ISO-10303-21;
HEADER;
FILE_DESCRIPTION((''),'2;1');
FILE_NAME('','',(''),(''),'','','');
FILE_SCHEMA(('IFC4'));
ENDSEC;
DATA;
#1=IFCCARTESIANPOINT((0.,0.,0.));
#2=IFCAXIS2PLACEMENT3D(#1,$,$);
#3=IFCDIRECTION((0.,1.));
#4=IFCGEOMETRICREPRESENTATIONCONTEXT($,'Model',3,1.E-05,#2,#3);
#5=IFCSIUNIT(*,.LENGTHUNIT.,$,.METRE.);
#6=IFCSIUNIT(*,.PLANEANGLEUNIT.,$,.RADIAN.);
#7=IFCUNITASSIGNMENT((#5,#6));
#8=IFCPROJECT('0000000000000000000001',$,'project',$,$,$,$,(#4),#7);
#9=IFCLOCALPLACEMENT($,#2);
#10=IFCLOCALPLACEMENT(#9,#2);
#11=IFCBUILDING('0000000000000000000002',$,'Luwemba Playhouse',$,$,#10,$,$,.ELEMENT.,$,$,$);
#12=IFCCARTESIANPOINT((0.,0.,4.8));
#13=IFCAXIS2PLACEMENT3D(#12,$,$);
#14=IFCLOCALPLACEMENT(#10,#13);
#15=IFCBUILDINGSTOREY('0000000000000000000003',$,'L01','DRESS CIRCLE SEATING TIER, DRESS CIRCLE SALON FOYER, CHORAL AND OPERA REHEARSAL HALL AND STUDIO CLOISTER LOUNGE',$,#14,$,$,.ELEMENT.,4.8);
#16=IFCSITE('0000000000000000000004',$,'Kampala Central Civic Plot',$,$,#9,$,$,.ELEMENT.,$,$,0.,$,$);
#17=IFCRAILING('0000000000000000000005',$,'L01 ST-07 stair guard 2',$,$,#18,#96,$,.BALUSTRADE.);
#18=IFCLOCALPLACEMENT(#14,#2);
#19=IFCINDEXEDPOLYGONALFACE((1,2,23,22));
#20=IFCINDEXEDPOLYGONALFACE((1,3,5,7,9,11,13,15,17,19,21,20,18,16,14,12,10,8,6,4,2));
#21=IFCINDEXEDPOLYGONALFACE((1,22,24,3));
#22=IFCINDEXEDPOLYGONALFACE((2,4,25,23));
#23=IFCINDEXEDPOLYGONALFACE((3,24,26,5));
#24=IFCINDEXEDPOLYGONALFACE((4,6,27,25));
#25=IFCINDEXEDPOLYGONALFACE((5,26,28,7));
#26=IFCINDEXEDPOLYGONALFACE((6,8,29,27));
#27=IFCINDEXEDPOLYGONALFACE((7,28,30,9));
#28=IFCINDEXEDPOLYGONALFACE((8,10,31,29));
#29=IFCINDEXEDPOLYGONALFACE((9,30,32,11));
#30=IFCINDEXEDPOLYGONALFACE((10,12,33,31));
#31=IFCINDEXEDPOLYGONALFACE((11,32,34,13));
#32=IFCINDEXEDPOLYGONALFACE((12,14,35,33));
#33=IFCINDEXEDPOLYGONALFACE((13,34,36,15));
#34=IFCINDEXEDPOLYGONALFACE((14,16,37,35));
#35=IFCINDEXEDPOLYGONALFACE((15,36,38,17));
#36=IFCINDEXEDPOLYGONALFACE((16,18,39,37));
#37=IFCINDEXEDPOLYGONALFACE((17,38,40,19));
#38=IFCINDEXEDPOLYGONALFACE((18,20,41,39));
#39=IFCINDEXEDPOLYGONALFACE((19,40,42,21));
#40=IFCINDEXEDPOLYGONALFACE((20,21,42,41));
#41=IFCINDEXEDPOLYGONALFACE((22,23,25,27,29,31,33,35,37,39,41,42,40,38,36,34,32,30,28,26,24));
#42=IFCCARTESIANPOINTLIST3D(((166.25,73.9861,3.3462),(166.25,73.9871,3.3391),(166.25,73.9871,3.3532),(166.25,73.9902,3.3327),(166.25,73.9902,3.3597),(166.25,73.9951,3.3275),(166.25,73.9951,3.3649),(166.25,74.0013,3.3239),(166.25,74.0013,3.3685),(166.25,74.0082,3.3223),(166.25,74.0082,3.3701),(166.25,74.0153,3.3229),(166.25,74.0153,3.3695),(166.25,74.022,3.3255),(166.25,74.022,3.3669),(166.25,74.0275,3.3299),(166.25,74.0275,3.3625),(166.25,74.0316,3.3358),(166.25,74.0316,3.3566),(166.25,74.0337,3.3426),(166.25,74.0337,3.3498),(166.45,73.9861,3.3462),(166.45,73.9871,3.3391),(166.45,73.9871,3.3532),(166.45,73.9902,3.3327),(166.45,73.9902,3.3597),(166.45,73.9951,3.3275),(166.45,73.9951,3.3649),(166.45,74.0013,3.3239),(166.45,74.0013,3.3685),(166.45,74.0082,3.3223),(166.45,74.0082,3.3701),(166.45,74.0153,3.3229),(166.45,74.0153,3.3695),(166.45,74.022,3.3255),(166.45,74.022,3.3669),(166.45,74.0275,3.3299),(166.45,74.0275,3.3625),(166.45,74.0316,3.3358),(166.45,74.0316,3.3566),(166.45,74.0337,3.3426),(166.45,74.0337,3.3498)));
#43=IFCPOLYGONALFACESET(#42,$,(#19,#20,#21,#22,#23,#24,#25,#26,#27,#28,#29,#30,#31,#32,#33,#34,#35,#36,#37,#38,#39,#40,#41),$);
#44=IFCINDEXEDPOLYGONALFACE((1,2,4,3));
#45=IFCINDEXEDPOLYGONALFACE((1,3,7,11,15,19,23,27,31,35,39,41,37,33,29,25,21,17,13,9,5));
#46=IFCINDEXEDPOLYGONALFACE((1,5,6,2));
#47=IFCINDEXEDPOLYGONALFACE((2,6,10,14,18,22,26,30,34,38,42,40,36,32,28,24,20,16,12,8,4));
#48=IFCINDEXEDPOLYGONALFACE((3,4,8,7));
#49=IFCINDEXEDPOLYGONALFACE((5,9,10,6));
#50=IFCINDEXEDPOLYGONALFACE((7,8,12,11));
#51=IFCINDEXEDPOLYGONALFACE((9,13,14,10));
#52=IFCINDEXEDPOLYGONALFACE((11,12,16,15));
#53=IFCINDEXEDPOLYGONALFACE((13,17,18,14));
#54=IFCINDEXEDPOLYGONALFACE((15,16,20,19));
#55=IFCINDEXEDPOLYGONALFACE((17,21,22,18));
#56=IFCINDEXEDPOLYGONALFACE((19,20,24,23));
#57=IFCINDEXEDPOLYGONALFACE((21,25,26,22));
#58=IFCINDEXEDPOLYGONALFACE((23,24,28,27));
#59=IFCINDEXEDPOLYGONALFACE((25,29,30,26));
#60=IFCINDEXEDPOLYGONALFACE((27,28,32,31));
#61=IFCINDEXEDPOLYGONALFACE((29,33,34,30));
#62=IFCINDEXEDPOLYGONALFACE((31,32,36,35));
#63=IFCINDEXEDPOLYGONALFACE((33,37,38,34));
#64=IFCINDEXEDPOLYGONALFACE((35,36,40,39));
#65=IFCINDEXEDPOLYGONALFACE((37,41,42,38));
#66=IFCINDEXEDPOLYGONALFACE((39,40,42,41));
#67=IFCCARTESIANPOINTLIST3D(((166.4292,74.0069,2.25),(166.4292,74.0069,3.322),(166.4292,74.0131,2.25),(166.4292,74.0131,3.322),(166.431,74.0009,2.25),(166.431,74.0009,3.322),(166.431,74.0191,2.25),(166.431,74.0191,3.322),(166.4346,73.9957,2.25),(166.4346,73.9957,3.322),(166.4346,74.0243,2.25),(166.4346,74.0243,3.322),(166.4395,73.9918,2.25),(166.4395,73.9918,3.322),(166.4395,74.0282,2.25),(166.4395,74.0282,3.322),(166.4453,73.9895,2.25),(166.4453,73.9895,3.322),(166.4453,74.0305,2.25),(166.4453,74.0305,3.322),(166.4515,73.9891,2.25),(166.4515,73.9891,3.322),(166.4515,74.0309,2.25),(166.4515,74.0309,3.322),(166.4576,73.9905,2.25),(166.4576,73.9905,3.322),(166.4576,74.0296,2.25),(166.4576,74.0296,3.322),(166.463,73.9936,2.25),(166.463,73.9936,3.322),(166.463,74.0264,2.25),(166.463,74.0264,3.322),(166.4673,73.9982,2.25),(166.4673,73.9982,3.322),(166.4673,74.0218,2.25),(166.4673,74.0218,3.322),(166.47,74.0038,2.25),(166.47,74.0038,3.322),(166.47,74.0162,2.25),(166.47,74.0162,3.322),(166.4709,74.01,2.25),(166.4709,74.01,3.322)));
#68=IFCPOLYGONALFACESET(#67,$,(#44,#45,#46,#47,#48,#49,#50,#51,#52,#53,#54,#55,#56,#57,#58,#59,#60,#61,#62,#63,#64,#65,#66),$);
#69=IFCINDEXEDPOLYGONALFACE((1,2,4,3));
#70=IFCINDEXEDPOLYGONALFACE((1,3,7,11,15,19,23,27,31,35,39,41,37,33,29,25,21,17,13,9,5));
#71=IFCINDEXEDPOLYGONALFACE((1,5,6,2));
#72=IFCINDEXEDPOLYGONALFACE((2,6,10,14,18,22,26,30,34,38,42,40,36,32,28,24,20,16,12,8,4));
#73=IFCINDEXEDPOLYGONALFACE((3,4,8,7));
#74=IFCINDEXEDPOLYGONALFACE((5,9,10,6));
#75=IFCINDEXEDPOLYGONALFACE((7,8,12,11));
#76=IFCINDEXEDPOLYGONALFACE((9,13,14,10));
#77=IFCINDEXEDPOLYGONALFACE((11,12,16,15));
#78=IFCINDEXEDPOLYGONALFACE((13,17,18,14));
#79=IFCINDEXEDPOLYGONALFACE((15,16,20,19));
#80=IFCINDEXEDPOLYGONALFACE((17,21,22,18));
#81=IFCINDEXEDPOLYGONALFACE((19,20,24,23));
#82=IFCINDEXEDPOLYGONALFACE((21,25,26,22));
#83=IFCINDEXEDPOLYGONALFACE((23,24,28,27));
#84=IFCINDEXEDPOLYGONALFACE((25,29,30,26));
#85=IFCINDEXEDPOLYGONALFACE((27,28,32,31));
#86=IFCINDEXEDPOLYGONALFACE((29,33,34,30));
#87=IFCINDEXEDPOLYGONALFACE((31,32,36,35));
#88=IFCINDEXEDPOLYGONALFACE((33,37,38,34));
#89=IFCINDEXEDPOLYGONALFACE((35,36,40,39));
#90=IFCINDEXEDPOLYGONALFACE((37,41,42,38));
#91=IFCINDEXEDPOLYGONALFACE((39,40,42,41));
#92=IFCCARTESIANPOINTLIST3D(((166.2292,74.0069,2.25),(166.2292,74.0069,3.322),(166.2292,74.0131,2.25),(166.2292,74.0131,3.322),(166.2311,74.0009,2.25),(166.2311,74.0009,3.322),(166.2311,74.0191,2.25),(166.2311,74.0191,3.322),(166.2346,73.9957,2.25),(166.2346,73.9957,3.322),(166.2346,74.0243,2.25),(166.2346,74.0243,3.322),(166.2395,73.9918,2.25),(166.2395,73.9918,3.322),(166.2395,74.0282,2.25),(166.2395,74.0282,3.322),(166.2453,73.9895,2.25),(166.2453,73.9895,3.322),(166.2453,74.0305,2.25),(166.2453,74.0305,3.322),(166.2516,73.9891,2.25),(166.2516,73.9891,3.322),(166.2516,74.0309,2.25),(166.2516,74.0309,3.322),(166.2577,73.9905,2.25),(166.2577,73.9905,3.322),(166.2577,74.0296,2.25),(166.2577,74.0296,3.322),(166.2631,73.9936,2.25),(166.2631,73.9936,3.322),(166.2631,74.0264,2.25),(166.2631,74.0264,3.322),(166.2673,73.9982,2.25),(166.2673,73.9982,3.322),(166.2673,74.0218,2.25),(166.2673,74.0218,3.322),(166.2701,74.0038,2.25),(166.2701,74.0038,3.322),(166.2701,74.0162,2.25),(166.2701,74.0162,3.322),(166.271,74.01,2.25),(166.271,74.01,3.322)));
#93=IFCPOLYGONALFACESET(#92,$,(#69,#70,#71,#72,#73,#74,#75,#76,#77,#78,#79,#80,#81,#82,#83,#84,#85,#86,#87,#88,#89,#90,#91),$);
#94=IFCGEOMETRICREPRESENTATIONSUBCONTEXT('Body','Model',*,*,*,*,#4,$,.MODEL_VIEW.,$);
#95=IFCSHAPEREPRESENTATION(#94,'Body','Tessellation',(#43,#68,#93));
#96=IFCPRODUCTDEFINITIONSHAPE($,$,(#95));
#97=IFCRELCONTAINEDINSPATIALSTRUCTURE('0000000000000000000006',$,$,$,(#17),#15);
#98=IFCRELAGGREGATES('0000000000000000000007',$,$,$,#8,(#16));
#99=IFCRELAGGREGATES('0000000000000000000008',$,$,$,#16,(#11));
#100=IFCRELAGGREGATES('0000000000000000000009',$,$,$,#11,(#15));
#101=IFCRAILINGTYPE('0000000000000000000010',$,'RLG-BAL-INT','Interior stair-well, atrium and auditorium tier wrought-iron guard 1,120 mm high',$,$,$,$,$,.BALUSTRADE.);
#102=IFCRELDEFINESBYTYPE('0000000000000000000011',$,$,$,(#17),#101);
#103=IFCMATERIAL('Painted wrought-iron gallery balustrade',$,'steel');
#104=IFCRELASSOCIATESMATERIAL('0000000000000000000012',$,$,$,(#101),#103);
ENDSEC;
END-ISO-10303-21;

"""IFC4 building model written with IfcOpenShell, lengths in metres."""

from ifc_helpers import new_model, si_unit, direction, frame, origin, origin_2d, place, context, subcontext, project, spatial, circle, extrude, material, type_object, element, save


model = new_model("IFC4")

# Units and contexts
model_context = context("Model", 3, precision=1e-05, world=origin(), true_north=direction((0.0, 1.0)))
body_context = subcontext(model_context, "Body", "Model", "MODEL_VIEW")
ifc_project = project(units=[si_unit("LENGTHUNIT", "METRE"), si_unit("PLANEANGLEUNIT", "RADIAN")], contexts=[model_context])

# Site, building, storey
site_placement = place(None, origin())
site = spatial("IfcSite", under=ifc_project, at=site_placement, Name="Kampala Central Civic Plot", CompositionType="ELEMENT", RefElevation=0.0)
building_placement = place(site_placement, origin())
building = spatial("IfcBuilding", under=site, at=building_placement, Name="Luwemba Playhouse", CompositionType="ELEMENT")
storey_placement = place(building_placement, frame((0.0, 0.0, 4.8)))
storey = spatial("IfcBuildingStorey", under=building, at=storey_placement, Name="L01", Description="DRESS CIRCLE SEATING TIER, DRESS CIRCLE SALON FOYER, CHORAL AND OPERA REHEARSAL HALL AND STUDIO CLOISTER LOUNGE", CompositionType="ELEMENT", Elevation=4.8)

# Railing
ifc_material_1 = material(Name="Painted wrought-iron gallery balustrade", Category="steel")
railing_type_1 = type_object("IfcRailingType", Name="RLG-BAL-INT", Description="Interior stair-well, atrium and auditorium tier wrought-iron guard 1,120 mm high", PredefinedType="BALUSTRADE", material=ifc_material_1)
railing_1_placement = place(storey_placement, frame((166.45, 74.01, 2.25)))
element("IfcRailing", 1, at=railing_1_placement, inside=storey, type_object=railing_type_1, Name="L01 ST-07 stair guard 2", PredefinedType="BALUSTRADE", context=body_context, shape_type="SweptSolid", body=[
    extrude(circle(Radius=0.0239, at=origin_2d()), frame((0.0, 0.0, 1.0962), z_axis=(-1.0, 0.0, 0.0), x_axis=(0.0, -1.0, 0.0)), (0.0, 0.0, 1.0), 0.2),
    extrude(circle(Radius=0.021, at=origin_2d()), origin(), (0.0, 0.0, 1.0), 1.072),
    extrude(circle(Radius=0.021, at=origin_2d()), frame((-0.2, 0.0, 0.0)), (0.0, 0.0, 1.0), 1.072),
])

save(model, "model.ifc")
